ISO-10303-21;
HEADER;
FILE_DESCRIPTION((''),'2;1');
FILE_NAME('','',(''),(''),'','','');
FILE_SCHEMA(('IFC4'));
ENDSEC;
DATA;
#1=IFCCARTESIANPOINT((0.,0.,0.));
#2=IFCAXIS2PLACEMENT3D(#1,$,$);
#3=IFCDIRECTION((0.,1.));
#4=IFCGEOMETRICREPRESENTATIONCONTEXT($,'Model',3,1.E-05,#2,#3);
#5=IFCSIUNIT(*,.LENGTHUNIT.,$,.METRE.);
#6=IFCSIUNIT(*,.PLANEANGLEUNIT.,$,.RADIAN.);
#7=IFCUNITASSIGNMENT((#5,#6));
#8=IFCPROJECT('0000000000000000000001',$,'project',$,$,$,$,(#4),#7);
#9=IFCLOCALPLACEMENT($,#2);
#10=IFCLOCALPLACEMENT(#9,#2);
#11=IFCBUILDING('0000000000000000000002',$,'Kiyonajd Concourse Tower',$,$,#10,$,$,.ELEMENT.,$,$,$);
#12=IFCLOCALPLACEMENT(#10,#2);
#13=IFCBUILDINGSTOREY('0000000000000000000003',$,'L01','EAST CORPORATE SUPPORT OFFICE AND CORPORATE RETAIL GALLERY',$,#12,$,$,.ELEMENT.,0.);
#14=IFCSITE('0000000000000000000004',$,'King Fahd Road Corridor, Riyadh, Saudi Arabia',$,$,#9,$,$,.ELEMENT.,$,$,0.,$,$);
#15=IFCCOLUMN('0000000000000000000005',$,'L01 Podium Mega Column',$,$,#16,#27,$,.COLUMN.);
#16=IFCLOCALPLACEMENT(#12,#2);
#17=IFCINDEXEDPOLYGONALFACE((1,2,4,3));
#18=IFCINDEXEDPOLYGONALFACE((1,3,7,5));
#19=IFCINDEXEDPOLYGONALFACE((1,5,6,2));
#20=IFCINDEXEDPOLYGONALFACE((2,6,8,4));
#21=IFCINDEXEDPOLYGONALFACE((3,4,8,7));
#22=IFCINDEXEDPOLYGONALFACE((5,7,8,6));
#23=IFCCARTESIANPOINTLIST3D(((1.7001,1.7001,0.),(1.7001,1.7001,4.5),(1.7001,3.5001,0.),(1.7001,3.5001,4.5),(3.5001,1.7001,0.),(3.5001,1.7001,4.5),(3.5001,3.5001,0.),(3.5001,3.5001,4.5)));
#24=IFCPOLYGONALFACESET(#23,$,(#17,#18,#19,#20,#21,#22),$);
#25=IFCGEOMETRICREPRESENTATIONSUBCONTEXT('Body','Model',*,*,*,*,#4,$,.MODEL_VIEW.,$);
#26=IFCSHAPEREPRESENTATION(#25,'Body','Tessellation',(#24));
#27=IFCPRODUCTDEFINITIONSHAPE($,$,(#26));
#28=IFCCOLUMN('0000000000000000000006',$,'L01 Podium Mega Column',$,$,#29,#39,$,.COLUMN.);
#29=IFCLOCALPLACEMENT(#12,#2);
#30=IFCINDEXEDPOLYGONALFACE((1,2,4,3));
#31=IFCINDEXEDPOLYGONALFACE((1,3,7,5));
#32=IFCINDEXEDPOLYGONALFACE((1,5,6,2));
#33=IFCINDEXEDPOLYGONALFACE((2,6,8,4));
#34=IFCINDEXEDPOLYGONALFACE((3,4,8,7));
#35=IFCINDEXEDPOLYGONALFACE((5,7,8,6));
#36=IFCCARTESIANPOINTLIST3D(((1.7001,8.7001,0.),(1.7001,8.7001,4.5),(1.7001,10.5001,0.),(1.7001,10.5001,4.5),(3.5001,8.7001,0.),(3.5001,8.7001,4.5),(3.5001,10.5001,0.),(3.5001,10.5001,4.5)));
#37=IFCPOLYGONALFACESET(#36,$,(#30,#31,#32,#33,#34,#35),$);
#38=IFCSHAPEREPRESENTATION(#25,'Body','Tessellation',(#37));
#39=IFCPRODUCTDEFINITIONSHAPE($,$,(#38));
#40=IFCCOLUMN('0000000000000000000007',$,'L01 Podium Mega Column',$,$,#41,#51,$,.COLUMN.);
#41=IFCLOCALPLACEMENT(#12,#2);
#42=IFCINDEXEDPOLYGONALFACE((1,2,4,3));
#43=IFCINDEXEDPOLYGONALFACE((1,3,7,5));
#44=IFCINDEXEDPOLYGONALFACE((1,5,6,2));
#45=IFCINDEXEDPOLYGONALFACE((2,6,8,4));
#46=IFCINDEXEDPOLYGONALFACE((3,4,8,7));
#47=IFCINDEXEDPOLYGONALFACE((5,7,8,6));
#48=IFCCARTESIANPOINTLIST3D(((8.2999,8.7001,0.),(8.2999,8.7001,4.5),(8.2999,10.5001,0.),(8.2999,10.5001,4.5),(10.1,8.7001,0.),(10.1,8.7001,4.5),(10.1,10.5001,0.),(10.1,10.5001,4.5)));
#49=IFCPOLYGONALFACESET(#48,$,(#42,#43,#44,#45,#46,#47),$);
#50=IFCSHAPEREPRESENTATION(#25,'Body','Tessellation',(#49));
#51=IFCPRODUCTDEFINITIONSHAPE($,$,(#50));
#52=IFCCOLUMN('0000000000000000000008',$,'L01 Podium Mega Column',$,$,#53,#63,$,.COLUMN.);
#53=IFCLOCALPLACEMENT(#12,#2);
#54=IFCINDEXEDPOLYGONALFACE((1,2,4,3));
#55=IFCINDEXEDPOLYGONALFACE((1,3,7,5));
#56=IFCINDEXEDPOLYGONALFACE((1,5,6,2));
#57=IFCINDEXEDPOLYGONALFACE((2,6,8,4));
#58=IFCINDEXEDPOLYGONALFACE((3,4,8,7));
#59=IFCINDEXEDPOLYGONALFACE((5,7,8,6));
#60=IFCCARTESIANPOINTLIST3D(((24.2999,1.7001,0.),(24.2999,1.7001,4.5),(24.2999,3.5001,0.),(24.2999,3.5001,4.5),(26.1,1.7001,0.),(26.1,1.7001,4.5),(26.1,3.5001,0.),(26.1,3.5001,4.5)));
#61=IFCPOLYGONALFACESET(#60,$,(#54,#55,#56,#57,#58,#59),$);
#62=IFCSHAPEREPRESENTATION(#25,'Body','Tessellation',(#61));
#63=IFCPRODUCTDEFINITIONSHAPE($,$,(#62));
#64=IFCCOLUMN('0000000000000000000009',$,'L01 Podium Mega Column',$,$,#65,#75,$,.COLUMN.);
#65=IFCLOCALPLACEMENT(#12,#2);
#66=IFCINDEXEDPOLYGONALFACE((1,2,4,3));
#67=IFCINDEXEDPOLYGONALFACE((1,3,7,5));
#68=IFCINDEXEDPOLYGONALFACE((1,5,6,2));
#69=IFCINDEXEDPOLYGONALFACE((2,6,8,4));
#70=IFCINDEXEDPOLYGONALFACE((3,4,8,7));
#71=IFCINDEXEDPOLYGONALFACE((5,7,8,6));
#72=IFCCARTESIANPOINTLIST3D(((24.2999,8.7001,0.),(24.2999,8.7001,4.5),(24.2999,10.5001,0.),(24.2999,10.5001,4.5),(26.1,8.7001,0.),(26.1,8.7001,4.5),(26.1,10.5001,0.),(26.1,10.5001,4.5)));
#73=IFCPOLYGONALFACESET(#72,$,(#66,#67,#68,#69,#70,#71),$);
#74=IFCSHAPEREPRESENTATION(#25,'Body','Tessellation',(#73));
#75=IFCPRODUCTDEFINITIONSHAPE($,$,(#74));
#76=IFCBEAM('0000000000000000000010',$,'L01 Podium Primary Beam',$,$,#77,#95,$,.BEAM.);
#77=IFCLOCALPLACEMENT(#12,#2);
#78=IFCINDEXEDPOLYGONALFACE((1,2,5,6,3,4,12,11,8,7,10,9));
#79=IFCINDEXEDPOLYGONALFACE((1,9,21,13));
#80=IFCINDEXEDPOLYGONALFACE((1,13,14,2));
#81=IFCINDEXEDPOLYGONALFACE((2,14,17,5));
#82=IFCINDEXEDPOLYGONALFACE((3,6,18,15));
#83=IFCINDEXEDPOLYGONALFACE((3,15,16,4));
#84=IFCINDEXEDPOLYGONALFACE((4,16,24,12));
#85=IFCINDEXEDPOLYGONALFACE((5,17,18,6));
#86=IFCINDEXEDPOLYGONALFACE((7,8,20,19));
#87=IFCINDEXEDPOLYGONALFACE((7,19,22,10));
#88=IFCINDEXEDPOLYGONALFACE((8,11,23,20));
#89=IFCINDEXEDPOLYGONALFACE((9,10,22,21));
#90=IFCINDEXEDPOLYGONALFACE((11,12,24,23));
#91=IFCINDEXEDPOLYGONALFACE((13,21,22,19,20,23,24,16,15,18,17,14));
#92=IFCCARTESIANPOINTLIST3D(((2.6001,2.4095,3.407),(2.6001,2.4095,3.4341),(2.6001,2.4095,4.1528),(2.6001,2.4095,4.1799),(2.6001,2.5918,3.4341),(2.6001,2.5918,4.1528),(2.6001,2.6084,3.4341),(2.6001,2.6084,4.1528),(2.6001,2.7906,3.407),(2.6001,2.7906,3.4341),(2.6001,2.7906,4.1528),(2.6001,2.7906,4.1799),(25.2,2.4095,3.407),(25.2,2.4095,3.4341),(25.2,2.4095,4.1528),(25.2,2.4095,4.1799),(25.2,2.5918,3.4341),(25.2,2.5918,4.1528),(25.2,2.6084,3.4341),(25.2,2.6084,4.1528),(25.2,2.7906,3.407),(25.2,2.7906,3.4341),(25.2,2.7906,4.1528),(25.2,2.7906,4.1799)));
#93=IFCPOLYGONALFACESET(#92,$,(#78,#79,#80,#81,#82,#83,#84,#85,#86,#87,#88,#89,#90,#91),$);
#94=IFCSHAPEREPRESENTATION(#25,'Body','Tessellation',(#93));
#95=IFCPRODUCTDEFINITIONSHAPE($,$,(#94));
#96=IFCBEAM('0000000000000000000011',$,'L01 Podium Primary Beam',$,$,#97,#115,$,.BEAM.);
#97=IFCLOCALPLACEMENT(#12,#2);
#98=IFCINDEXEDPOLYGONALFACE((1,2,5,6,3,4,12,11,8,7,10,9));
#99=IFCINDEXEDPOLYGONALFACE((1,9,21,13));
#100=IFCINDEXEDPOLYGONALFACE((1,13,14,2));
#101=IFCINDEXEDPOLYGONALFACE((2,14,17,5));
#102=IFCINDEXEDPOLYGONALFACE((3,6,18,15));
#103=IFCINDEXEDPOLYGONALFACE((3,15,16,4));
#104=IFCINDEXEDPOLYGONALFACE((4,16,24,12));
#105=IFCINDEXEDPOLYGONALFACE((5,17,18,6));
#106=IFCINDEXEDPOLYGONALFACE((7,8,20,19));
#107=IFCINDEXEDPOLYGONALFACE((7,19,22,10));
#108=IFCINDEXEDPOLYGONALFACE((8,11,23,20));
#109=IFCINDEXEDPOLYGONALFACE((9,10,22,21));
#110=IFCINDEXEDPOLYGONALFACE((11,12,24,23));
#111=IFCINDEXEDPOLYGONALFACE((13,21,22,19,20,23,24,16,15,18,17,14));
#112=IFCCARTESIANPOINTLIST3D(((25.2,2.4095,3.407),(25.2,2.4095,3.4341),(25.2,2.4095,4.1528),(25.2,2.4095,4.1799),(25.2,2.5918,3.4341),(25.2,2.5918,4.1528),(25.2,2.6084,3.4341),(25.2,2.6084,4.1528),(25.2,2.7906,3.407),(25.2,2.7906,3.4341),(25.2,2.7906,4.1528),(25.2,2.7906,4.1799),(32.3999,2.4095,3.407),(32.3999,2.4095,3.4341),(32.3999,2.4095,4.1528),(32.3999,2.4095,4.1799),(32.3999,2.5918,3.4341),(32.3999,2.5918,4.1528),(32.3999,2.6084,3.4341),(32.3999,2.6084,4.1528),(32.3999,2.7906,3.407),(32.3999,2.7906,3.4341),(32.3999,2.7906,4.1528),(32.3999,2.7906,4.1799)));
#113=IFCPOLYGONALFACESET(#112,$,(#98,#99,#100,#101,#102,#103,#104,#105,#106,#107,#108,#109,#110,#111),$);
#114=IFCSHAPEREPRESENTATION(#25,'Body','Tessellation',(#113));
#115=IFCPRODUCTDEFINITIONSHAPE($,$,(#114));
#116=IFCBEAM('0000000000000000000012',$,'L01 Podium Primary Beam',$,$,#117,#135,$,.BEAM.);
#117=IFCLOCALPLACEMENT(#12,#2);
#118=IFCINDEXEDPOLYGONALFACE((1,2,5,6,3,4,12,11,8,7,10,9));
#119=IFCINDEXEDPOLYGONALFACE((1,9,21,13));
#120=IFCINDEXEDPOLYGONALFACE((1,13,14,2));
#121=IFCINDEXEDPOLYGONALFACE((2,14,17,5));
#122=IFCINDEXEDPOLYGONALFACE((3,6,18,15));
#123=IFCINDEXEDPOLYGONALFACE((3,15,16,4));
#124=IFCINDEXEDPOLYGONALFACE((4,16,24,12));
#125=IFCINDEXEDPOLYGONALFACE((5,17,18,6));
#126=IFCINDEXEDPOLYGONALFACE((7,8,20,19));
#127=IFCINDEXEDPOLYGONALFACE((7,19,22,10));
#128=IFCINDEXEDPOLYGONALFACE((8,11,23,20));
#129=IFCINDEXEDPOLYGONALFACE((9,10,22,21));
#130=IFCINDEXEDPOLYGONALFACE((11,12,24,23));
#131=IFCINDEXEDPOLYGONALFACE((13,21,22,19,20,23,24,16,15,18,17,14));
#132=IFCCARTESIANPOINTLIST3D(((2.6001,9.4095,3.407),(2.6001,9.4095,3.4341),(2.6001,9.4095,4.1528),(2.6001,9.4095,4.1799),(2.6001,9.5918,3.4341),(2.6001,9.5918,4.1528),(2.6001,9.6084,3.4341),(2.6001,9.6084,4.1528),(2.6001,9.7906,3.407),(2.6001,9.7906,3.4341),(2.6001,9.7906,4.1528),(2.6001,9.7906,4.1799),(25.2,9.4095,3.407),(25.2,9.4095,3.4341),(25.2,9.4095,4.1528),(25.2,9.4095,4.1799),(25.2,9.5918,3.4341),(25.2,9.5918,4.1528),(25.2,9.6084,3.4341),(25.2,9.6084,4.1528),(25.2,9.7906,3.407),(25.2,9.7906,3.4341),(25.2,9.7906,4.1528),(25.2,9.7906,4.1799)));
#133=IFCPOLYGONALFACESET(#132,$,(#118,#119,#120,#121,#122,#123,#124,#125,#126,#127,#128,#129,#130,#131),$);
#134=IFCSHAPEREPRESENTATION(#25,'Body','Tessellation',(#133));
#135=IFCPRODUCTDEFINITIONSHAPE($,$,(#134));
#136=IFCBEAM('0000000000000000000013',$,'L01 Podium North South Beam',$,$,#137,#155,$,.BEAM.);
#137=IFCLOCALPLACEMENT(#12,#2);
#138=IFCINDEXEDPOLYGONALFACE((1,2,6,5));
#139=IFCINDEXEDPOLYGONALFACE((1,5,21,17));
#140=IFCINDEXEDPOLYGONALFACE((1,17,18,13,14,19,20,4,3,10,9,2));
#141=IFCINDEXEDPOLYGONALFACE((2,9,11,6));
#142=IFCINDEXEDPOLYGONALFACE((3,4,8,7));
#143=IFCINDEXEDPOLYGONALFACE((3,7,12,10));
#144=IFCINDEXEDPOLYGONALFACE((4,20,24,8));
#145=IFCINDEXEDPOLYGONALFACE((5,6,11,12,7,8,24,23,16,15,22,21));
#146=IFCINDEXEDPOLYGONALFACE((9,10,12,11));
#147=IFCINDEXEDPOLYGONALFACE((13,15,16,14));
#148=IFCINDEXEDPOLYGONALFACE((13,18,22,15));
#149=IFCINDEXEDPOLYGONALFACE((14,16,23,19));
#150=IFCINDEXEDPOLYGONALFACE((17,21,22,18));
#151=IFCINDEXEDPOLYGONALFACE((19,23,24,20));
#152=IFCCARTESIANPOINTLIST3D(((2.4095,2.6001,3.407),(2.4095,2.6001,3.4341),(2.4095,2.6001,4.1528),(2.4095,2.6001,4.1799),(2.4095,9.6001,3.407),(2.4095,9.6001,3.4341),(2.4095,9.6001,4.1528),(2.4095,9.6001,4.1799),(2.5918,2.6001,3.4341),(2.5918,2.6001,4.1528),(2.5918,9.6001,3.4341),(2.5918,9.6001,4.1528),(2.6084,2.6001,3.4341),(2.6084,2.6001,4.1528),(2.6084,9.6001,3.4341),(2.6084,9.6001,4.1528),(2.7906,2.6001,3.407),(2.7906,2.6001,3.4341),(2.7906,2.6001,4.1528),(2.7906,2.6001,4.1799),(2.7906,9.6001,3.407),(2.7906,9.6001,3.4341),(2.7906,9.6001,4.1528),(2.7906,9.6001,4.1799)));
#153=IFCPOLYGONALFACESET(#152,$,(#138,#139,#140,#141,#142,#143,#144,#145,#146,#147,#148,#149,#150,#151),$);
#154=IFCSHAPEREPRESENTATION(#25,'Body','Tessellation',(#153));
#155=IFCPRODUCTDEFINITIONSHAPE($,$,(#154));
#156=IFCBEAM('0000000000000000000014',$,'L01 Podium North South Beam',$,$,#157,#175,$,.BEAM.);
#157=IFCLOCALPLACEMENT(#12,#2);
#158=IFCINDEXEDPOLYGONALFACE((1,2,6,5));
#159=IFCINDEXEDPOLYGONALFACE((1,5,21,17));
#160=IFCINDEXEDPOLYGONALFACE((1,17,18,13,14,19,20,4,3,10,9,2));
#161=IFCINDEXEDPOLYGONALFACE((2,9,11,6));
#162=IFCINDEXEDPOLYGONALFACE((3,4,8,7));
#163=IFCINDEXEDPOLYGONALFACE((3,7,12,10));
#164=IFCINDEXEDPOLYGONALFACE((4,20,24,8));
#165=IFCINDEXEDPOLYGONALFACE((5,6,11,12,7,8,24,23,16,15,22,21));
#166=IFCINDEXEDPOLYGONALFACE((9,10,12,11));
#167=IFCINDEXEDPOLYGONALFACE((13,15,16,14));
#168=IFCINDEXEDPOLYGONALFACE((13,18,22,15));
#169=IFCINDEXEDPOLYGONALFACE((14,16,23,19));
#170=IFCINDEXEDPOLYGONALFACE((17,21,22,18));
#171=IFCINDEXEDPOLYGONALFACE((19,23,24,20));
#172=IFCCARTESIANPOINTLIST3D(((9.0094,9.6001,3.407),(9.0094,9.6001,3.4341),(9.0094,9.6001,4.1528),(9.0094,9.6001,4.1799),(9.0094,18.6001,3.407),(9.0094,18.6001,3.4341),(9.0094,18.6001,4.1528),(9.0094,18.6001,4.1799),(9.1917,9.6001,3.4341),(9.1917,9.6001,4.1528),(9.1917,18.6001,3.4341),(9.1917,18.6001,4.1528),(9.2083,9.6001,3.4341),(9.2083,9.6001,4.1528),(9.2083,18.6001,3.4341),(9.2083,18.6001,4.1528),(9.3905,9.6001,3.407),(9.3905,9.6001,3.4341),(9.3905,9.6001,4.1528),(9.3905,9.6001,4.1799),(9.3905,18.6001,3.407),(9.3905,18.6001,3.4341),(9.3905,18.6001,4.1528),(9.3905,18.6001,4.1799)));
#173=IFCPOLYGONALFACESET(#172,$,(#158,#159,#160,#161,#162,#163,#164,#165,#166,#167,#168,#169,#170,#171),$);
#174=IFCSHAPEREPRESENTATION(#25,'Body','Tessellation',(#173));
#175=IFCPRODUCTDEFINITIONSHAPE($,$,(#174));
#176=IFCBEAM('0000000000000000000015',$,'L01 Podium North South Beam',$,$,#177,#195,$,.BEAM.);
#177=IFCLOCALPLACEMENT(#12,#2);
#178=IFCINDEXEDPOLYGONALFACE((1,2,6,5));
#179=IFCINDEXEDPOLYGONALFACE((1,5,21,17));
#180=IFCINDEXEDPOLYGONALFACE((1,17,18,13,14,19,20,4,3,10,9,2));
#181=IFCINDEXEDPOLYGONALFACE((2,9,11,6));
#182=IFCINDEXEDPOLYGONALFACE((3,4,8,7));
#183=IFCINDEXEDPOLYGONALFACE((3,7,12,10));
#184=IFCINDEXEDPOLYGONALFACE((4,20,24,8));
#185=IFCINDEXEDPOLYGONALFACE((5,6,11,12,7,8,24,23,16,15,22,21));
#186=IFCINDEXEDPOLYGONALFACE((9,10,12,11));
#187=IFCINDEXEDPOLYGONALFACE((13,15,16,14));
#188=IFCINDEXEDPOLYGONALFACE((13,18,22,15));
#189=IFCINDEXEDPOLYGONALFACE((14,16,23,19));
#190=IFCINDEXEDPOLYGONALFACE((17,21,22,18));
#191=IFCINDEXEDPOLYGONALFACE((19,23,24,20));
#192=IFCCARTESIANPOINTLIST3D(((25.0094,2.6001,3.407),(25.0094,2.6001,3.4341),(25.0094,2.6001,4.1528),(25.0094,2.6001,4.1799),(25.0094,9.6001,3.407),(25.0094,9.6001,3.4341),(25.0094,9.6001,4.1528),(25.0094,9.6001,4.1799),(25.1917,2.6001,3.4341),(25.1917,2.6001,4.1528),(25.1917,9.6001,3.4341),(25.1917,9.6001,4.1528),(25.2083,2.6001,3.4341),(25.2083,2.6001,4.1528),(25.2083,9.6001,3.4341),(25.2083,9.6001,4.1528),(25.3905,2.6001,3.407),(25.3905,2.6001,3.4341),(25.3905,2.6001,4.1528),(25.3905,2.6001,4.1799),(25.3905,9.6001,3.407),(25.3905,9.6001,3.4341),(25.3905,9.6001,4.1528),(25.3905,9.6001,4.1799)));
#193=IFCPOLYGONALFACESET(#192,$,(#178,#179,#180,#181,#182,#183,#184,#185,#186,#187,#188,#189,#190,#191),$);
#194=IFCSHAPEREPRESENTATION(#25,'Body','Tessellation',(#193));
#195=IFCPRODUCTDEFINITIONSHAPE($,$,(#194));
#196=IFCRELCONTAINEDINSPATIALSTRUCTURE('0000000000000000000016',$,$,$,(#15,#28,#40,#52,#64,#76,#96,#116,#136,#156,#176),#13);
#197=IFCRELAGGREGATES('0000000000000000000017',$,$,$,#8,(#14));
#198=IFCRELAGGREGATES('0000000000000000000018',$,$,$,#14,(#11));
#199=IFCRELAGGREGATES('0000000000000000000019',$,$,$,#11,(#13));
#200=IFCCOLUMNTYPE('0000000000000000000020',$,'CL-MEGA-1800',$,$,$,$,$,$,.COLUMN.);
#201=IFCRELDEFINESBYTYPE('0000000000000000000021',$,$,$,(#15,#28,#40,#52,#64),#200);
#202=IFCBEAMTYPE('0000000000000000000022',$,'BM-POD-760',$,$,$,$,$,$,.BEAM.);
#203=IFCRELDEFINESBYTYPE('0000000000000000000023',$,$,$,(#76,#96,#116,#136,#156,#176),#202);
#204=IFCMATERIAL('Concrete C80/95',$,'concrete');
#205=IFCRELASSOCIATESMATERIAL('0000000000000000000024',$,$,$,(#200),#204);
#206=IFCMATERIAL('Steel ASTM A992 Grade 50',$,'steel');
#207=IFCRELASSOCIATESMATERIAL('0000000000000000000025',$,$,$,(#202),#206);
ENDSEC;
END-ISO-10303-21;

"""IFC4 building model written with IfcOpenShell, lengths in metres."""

from ifc_helpers import new_model, si_unit, direction, frame, origin, origin_2d, place, context, subcontext, project, spatial, rectangle, i_section, extrude, material, material_profile, profile_set, type_object, element, save


model = new_model("IFC4")

# Units and contexts
model_context = context("Model", 3, precision=1e-05, world=origin(), true_north=direction((0.0, 1.0)))
body_context = subcontext(model_context, "Body", "Model", "MODEL_VIEW")
ifc_project = project(units=[si_unit("LENGTHUNIT", "METRE"), si_unit("PLANEANGLEUNIT", "RADIAN")], contexts=[model_context])

# Site, building, storey
site_placement = place(None, origin())
site = spatial("IfcSite", under=ifc_project, at=site_placement, Name="King Fahd Road Corridor, Riyadh, Saudi Arabia", CompositionType="ELEMENT", RefElevation=0.0)
building_placement = place(site_placement, origin())
building = spatial("IfcBuilding", under=site, at=building_placement, Name="Kiyonajd Concourse Tower", CompositionType="ELEMENT")
storey_placement = place(building_placement, origin())
storey = spatial("IfcBuildingStorey", under=building, at=storey_placement, Name="L01", Description="EAST CORPORATE SUPPORT OFFICE AND CORPORATE RETAIL GALLERY", CompositionType="ELEMENT", Elevation=0.0)

# Columns
ifc_material_1 = material(Name="Concrete C80/95", Category="concrete")
ifc_material_profile_1 = material_profile(ifc_material_1, rectangle(XDim=1.8, YDim=1.8, at=origin_2d()), Name="RC-1800x1800")
ifc_profile_set_1 = profile_set([ifc_material_profile_1], Name="Concrete C80/95")
column_type = type_object("IfcColumnType", Name="CL-MEGA-1800", PredefinedType="COLUMN", material=ifc_profile_set_1)
for number, where, z_axis, x_axis, name in (
    (1, (2.6001, 2.6001, 0.0), (0.0, 0.0, 1.0), (1.0, 0.0, 0.0), "L01 Podium Mega Column"),
    (2, (2.6001, 9.6001, 0.0), (0.0, 0.0, 1.0), (1.0, 0.0, 0.0), "L01 Podium Mega Column"),
    (3, (9.2, 9.6001, 0.0), (0.0, 0.0, 1.0), (1.0, 0.0, 0.0), "L01 Podium Mega Column"),
    (4, (25.2, 2.6001, 0.0), (0.0, 0.0, 1.0), (1.0, 0.0, 0.0), "L01 Podium Mega Column"),
    (5, (25.2, 9.6001, 0.0), (0.0, 0.0, 1.0), (1.0, 0.0, 0.0), "L01 Podium Mega Column"),
):
    element("IfcColumn", number, at=place(storey_placement, frame(where, z_axis=z_axis, x_axis=x_axis)), inside=storey, type_object=column_type, Name=name, PredefinedType="COLUMN", context=body_context, shape_type="SweptSolid", body=[
        extrude(rectangle(XDim=1.8, YDim=1.8, at=origin_2d()), origin(), (0.0, 0.0, 1.0), 4.5),
    ])

# Beams
ifc_material_2 = material(Name="Steel ASTM A992 Grade 50", Category="steel")
ifc_material_profile_2 = material_profile(ifc_material_2, i_section(OverallWidth=0.3811, OverallDepth=0.7729, WebThickness=0.0166, FlangeThickness=0.0271, at=origin_2d()), Name="W760X257")
ifc_profile_set_2 = profile_set([ifc_material_profile_2], Name="Steel ASTM A992 Grade 50")
beam_type = type_object("IfcBeamType", Name="BM-POD-760", PredefinedType="BEAM", material=ifc_profile_set_2)
beam_1_placement = place(storey_placement, frame((2.6001, 2.6001, 3.7935), z_axis=(1.0, 0.0, 0.0), x_axis=(0.0, 1.0, 0.0)))
element("IfcBeam", 6, at=beam_1_placement, inside=storey, type_object=beam_type, Name="L01 Podium Primary Beam", PredefinedType="BEAM", context=body_context, shape_type="SweptSolid", body=[
    extrude(i_section(OverallWidth=0.3811, OverallDepth=0.7729, WebThickness=0.0166, FlangeThickness=0.0271, at=origin_2d()), origin(), (0.0, 0.0, 1.0), 22.5999),
])
beam_2_placement = place(storey_placement, frame((25.2, 2.6001, 3.7935), z_axis=(1.0, 0.0, 0.0), x_axis=(0.0, 1.0, 0.0)))
element("IfcBeam", 7, at=beam_2_placement, inside=storey, type_object=beam_type, Name="L01 Podium Primary Beam", PredefinedType="BEAM", context=body_context, shape_type="SweptSolid", body=[
    extrude(i_section(OverallWidth=0.3811, OverallDepth=0.7729, WebThickness=0.0166, FlangeThickness=0.0271, at=origin_2d()), origin(), (0.0, 0.0, 1.0), 7.2),
])
beam_3_placement = place(storey_placement, frame((2.6001, 9.6001, 3.7935), z_axis=(1.0, 0.0, 0.0), x_axis=(0.0, 1.0, 0.0)))
element("IfcBeam", 8, at=beam_3_placement, inside=storey, type_object=beam_type, Name="L01 Podium Primary Beam", PredefinedType="BEAM", context=body_context, shape_type="SweptSolid", body=[
    extrude(i_section(OverallWidth=0.3811, OverallDepth=0.7729, WebThickness=0.0166, FlangeThickness=0.0271, at=origin_2d()), origin(), (0.0, 0.0, 1.0), 22.5999),
])
beam_4_placement = place(storey_placement, frame((2.6001, 2.6001, 3.7935), z_axis=(0.0, 1.0, 0.0), x_axis=(-1.0, 0.0, 0.0)))
element("IfcBeam", 9, at=beam_4_placement, inside=storey, type_object=beam_type, Name="L01 Podium North South Beam", PredefinedType="BEAM", context=body_context, shape_type="SweptSolid", body=[
    extrude(i_section(OverallWidth=0.3811, OverallDepth=0.7729, WebThickness=0.0166, FlangeThickness=0.0271, at=origin_2d()), origin(), (0.0, 0.0, 1.0), 7.0),
])
beam_5_placement = place(storey_placement, frame((9.2, 9.6001, 3.7935), z_axis=(0.0, 1.0, 0.0), x_axis=(-1.0, 0.0, 0.0)))
element("IfcBeam", 10, at=beam_5_placement, inside=storey, type_object=beam_type, Name="L01 Podium North South Beam", PredefinedType="BEAM", context=body_context, shape_type="SweptSolid", body=[
    extrude(i_section(OverallWidth=0.3811, OverallDepth=0.7729, WebThickness=0.0166, FlangeThickness=0.0271, at=origin_2d()), origin(), (0.0, 0.0, 1.0), 9.0),
])
beam_6_placement = place(storey_placement, frame((25.2, 2.6001, 3.7935), z_axis=(0.0, 1.0, 0.0), x_axis=(-1.0, 0.0, 0.0)))
element("IfcBeam", 11, at=beam_6_placement, inside=storey, type_object=beam_type, Name="L01 Podium North South Beam", PredefinedType="BEAM", context=body_context, shape_type="SweptSolid", body=[
    extrude(i_section(OverallWidth=0.3811, OverallDepth=0.7729, WebThickness=0.0166, FlangeThickness=0.0271, at=origin_2d()), origin(), (0.0, 0.0, 1.0), 7.0),
])

save(model, "model.ifc")
